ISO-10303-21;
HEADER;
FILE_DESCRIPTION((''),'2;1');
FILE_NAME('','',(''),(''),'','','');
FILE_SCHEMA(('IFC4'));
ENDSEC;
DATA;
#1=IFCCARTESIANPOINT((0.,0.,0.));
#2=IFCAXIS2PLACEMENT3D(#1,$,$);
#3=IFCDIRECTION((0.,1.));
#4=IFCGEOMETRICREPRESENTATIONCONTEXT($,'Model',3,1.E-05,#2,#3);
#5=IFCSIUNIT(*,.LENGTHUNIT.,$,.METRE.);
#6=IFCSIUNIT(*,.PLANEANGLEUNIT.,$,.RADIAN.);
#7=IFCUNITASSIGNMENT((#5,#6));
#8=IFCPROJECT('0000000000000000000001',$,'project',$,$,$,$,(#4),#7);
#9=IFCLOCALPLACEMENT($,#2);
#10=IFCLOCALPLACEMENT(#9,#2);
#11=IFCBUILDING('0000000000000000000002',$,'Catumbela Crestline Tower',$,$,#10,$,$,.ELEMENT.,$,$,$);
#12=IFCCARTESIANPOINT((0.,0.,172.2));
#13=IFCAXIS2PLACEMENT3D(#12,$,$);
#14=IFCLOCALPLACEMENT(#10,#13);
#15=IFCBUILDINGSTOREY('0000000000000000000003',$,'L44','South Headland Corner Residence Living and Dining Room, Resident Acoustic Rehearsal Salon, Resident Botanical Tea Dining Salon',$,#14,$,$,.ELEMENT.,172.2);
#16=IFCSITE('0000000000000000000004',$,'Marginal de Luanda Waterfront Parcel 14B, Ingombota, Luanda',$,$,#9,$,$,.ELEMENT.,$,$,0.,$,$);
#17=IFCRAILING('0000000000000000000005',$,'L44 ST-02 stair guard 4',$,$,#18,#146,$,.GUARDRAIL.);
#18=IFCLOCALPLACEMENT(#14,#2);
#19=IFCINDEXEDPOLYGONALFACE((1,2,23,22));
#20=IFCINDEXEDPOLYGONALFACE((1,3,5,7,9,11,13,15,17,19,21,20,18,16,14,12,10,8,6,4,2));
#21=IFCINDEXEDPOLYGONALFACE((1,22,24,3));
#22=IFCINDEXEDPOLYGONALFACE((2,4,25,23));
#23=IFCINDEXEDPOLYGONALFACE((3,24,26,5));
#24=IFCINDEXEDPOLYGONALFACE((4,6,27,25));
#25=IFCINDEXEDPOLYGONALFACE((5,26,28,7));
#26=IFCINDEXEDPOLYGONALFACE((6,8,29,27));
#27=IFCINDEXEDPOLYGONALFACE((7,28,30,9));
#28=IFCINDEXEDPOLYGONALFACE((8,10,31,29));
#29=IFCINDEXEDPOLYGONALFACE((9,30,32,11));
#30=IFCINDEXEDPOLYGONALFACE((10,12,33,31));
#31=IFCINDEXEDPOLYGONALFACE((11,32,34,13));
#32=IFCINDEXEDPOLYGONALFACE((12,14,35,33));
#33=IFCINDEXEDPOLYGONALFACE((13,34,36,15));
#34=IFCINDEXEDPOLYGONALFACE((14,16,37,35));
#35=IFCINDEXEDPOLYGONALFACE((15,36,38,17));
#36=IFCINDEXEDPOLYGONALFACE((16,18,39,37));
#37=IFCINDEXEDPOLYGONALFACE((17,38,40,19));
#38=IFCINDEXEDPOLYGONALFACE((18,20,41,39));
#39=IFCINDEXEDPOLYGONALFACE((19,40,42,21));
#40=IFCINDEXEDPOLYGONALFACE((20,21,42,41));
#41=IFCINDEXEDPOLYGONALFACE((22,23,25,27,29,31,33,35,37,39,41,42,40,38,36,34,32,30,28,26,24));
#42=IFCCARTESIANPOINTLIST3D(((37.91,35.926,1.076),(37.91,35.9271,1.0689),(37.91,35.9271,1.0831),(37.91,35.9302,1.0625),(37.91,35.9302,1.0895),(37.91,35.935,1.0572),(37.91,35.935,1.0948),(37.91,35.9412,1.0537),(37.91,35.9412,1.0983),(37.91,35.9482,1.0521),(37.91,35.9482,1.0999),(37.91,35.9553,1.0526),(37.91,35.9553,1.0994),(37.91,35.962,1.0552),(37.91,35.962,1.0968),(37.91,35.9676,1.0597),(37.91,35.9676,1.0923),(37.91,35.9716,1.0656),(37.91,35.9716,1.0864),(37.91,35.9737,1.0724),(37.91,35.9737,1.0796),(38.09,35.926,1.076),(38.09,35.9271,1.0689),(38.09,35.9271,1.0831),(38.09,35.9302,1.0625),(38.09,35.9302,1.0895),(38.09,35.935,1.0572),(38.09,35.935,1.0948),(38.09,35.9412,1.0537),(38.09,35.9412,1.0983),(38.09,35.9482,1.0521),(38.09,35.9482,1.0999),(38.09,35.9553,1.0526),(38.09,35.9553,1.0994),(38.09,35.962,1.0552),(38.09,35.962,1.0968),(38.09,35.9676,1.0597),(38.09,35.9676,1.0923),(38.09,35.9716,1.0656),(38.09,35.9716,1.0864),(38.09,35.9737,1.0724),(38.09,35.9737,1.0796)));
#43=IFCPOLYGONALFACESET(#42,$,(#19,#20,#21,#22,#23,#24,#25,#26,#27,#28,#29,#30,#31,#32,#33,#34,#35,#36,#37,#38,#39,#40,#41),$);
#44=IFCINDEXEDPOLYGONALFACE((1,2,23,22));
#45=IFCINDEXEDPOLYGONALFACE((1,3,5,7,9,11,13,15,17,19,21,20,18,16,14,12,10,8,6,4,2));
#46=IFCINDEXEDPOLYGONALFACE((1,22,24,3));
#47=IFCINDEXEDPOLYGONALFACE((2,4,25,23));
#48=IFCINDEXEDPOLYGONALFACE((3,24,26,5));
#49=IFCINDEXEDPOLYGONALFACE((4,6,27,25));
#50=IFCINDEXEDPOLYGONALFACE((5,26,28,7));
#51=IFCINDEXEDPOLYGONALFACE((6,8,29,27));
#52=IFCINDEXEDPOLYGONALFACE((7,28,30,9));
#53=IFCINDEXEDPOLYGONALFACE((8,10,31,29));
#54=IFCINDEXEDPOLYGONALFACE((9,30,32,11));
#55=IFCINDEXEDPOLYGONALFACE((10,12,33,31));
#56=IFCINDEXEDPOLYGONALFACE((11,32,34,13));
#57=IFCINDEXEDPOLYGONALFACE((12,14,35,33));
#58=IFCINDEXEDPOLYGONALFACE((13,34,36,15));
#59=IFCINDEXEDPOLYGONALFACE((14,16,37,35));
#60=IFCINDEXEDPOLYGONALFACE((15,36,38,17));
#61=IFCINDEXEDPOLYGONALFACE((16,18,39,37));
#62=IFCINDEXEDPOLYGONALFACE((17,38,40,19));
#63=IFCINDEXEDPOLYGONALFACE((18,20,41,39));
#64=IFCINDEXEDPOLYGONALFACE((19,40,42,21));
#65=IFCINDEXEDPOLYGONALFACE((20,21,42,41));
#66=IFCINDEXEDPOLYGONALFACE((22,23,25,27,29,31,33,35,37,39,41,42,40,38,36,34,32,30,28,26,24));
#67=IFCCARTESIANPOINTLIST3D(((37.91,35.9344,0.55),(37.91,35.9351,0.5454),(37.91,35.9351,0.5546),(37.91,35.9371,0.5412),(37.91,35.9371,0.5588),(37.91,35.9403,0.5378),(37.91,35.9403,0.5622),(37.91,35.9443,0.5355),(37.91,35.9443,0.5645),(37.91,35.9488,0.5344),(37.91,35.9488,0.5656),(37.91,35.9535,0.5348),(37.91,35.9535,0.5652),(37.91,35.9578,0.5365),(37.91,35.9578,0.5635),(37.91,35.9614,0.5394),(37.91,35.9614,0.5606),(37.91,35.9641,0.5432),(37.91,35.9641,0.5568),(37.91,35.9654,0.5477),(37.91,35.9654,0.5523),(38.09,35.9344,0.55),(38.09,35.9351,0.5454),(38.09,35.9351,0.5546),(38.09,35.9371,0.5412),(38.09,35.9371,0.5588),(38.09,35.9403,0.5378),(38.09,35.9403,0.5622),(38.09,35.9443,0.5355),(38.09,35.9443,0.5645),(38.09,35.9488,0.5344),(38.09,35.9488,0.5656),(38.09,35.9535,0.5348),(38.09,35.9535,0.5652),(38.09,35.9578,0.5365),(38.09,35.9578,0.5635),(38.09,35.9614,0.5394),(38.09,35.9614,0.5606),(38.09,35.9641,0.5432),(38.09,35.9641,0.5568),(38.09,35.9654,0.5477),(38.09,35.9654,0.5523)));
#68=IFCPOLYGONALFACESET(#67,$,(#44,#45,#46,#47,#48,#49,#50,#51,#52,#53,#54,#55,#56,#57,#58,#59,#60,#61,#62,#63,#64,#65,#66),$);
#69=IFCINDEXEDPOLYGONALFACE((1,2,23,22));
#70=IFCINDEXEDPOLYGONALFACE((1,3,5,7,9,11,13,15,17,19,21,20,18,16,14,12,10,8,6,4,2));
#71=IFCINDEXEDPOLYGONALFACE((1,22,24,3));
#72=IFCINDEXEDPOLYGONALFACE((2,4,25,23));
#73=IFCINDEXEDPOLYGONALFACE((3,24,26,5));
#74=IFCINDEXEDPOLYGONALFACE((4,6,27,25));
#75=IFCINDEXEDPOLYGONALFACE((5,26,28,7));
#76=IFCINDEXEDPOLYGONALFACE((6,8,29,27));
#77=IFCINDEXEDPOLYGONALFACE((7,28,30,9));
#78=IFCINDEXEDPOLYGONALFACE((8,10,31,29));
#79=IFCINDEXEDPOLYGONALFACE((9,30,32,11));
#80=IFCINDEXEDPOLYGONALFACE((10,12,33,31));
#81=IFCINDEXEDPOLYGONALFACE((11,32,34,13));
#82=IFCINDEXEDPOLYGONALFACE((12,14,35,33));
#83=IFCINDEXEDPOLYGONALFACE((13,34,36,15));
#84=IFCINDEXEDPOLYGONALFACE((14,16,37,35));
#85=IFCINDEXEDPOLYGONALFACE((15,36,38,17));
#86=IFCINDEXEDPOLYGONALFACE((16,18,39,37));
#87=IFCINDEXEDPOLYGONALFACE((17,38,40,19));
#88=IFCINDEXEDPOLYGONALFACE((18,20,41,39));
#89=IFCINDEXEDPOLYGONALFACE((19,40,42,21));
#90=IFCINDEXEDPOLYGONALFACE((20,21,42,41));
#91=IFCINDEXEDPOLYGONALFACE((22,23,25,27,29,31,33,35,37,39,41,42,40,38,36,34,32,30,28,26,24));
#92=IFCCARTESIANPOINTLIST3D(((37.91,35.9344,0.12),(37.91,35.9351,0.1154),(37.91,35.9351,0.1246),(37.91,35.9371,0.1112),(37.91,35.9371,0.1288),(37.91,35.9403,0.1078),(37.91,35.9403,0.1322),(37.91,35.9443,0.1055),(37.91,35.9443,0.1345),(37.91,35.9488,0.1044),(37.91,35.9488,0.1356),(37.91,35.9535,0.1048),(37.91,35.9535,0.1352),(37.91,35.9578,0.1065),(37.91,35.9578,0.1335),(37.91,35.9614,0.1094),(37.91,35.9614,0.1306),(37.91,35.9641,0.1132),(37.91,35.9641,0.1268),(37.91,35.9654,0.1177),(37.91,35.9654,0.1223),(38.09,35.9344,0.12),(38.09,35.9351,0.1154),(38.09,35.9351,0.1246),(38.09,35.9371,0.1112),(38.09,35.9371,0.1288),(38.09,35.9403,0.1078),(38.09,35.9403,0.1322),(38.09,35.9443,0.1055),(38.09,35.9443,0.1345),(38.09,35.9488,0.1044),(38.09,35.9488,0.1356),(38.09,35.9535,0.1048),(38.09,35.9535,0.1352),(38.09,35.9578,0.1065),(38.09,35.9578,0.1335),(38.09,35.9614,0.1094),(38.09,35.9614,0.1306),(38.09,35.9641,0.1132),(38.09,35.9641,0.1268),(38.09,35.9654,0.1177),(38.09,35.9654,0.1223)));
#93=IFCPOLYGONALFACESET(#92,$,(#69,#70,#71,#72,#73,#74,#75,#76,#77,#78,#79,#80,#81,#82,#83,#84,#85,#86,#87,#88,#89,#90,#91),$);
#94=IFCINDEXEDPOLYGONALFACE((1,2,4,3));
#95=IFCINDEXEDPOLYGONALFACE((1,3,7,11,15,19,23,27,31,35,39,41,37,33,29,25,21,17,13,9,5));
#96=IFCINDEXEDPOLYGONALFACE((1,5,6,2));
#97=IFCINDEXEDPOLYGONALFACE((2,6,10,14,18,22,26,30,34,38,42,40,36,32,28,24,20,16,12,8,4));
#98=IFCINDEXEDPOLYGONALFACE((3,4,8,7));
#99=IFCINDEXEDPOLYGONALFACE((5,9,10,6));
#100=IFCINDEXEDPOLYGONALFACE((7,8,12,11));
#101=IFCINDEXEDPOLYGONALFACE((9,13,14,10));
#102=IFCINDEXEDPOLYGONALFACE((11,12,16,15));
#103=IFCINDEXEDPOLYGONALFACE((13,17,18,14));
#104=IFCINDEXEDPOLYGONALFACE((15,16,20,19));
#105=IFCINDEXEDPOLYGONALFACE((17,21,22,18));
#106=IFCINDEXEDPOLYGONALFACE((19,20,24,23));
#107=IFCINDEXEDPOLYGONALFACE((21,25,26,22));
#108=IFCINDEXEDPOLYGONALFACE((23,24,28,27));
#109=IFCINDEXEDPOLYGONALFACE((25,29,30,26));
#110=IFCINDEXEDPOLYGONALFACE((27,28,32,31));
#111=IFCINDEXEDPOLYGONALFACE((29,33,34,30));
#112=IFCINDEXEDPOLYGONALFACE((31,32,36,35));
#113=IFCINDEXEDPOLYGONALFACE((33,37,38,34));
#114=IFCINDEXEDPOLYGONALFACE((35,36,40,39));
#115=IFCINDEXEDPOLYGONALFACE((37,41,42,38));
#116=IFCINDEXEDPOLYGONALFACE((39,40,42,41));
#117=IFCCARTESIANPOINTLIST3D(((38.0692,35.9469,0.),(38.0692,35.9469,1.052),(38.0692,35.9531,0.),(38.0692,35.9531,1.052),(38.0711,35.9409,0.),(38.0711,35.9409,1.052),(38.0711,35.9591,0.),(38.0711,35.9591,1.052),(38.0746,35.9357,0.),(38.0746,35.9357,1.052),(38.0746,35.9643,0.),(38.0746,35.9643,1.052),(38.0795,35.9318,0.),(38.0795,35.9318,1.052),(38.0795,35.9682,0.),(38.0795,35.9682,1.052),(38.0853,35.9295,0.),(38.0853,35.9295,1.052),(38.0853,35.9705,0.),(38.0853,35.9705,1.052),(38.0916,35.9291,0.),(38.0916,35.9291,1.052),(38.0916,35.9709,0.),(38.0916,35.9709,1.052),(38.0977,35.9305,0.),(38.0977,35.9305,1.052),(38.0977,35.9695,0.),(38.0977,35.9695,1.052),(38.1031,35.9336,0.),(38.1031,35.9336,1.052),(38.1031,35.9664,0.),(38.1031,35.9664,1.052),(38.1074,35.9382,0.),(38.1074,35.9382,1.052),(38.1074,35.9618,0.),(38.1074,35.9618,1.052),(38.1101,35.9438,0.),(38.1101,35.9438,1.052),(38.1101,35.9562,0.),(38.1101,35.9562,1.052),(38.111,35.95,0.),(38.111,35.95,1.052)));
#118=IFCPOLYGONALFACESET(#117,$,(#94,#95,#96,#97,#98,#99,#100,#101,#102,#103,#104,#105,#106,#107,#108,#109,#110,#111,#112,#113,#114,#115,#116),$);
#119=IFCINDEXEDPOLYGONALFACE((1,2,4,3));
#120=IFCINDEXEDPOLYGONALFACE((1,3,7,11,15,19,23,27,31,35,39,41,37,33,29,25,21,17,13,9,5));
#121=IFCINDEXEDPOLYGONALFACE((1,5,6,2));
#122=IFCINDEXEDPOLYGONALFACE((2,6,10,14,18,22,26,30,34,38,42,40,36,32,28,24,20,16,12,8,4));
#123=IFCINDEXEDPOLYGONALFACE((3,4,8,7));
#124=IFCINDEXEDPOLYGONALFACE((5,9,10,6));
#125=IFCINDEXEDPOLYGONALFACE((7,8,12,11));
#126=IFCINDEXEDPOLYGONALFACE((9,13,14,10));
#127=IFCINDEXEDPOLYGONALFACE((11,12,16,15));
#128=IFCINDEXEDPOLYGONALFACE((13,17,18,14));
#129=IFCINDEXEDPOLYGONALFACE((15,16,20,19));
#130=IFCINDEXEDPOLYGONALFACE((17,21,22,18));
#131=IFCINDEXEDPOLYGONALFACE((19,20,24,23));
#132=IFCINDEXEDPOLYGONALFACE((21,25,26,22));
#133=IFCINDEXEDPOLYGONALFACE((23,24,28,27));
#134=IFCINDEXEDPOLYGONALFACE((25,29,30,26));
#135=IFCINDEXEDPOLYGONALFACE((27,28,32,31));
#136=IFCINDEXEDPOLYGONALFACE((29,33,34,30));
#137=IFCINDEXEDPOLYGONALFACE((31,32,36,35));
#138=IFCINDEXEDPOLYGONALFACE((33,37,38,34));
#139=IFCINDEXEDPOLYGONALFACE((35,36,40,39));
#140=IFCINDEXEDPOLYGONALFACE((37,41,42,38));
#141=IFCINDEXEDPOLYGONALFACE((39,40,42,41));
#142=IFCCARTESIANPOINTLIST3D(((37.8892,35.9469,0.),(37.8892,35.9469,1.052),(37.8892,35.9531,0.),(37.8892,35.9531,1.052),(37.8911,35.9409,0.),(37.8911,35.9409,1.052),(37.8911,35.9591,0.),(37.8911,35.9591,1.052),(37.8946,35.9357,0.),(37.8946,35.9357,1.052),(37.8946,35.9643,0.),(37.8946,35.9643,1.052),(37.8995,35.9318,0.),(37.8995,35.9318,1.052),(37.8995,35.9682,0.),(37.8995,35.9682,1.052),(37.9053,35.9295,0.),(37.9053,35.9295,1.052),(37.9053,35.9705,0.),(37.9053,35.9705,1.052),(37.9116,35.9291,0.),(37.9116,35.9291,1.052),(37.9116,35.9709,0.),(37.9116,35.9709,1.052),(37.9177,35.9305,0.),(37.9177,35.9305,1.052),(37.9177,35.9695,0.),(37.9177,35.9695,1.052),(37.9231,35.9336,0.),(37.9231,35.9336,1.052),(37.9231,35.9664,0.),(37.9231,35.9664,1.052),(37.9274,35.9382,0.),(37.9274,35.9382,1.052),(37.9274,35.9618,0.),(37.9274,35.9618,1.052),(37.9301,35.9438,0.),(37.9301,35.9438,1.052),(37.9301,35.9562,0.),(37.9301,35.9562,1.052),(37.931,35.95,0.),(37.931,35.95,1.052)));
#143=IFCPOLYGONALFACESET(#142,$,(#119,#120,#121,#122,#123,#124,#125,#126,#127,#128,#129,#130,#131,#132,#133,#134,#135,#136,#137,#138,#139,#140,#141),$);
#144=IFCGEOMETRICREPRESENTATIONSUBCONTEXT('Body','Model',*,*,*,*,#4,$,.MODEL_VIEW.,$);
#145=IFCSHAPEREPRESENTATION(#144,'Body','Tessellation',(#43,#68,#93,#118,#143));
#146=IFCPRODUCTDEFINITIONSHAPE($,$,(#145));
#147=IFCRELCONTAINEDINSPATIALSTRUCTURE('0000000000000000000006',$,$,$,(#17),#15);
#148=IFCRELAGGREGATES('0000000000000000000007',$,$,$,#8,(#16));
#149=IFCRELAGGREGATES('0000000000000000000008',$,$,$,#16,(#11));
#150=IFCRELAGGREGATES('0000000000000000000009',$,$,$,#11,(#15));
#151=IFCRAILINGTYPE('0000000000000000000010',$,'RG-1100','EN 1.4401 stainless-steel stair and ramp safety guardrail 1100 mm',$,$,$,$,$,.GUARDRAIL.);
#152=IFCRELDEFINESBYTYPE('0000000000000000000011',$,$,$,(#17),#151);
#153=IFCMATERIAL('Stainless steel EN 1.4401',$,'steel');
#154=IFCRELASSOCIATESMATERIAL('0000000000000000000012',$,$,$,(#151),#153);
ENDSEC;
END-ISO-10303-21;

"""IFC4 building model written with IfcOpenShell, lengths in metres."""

from ifc_helpers import new_model, si_unit, direction, frame, origin, origin_2d, place, context, subcontext, project, spatial, circle, extrude, material, type_object, element, save


model = new_model("IFC4")

# Units and contexts
model_context = context("Model", 3, precision=1e-05, world=origin(), true_north=direction((0.0, 1.0)))
body_context = subcontext(model_context, "Body", "Model", "MODEL_VIEW")
ifc_project = project(units=[si_unit("LENGTHUNIT", "METRE"), si_unit("PLANEANGLEUNIT", "RADIAN")], contexts=[model_context])

# Site, building, storey
site_placement = place(None, origin())
site = spatial("IfcSite", under=ifc_project, at=site_placement, Name="Marginal de Luanda Waterfront Parcel 14B, Ingombota, Luanda", CompositionType="ELEMENT", RefElevation=0.0)
building_placement = place(site_placement, origin())
building = spatial("IfcBuilding", under=site, at=building_placement, Name="Catumbela Crestline Tower", CompositionType="ELEMENT")
storey_placement = place(building_placement, frame((0.0, 0.0, 172.2)))
storey = spatial("IfcBuildingStorey", under=building, at=storey_placement, Name="L44", Description="South Headland Corner Residence Living and Dining Room, Resident Acoustic Rehearsal Salon, Resident Botanical Tea Dining Salon", CompositionType="ELEMENT", Elevation=172.2)

# Shared definitions
ifc_material_1 = material(Name="Stainless steel EN 1.4401", Category="steel")

# Railing
railing_type_1 = type_object("IfcRailingType", Name="RG-1100", Description="EN 1.4401 stainless-steel stair and ramp safety guardrail 1100 mm", PredefinedType="GUARDRAIL", material=ifc_material_1)
railing_1_placement = place(storey_placement, frame((38.09, 35.95, 0.0)))
element("IfcRailing", 1, at=railing_1_placement, inside=storey, type_object=railing_type_1, Name="L44 ST-02 stair guard 4", PredefinedType="GUARDRAIL", context=body_context, shape_type="SweptSolid", body=[
    extrude(circle(Radius=0.024, at=origin_2d()), frame((0.0, 0.0, 1.076), z_axis=(-1.0, 0.0, 0.0), x_axis=(0.0, -1.0, 0.0)), (0.0, 0.0, 1.0), 0.18),
    extrude(circle(Radius=0.0156, at=origin_2d()), frame((0.0, 0.0, 0.55), z_axis=(-1.0, 0.0, 0.0), x_axis=(0.0, -1.0, 0.0)), (0.0, 0.0, 1.0), 0.18),
    extrude(circle(Radius=0.0156, at=origin_2d()), frame((0.0, 0.0, 0.12), z_axis=(-1.0, 0.0, 0.0), x_axis=(0.0, -1.0, 0.0)), (0.0, 0.0, 1.0), 0.18),
    extrude(circle(Radius=0.021, at=origin_2d()), origin(), (0.0, 0.0, 1.0), 1.052),
    extrude(circle(Radius=0.021, at=origin_2d()), frame((-0.18, 0.0, 0.0)), (0.0, 0.0, 1.0), 1.052),
])

save(model, "model.ifc")
